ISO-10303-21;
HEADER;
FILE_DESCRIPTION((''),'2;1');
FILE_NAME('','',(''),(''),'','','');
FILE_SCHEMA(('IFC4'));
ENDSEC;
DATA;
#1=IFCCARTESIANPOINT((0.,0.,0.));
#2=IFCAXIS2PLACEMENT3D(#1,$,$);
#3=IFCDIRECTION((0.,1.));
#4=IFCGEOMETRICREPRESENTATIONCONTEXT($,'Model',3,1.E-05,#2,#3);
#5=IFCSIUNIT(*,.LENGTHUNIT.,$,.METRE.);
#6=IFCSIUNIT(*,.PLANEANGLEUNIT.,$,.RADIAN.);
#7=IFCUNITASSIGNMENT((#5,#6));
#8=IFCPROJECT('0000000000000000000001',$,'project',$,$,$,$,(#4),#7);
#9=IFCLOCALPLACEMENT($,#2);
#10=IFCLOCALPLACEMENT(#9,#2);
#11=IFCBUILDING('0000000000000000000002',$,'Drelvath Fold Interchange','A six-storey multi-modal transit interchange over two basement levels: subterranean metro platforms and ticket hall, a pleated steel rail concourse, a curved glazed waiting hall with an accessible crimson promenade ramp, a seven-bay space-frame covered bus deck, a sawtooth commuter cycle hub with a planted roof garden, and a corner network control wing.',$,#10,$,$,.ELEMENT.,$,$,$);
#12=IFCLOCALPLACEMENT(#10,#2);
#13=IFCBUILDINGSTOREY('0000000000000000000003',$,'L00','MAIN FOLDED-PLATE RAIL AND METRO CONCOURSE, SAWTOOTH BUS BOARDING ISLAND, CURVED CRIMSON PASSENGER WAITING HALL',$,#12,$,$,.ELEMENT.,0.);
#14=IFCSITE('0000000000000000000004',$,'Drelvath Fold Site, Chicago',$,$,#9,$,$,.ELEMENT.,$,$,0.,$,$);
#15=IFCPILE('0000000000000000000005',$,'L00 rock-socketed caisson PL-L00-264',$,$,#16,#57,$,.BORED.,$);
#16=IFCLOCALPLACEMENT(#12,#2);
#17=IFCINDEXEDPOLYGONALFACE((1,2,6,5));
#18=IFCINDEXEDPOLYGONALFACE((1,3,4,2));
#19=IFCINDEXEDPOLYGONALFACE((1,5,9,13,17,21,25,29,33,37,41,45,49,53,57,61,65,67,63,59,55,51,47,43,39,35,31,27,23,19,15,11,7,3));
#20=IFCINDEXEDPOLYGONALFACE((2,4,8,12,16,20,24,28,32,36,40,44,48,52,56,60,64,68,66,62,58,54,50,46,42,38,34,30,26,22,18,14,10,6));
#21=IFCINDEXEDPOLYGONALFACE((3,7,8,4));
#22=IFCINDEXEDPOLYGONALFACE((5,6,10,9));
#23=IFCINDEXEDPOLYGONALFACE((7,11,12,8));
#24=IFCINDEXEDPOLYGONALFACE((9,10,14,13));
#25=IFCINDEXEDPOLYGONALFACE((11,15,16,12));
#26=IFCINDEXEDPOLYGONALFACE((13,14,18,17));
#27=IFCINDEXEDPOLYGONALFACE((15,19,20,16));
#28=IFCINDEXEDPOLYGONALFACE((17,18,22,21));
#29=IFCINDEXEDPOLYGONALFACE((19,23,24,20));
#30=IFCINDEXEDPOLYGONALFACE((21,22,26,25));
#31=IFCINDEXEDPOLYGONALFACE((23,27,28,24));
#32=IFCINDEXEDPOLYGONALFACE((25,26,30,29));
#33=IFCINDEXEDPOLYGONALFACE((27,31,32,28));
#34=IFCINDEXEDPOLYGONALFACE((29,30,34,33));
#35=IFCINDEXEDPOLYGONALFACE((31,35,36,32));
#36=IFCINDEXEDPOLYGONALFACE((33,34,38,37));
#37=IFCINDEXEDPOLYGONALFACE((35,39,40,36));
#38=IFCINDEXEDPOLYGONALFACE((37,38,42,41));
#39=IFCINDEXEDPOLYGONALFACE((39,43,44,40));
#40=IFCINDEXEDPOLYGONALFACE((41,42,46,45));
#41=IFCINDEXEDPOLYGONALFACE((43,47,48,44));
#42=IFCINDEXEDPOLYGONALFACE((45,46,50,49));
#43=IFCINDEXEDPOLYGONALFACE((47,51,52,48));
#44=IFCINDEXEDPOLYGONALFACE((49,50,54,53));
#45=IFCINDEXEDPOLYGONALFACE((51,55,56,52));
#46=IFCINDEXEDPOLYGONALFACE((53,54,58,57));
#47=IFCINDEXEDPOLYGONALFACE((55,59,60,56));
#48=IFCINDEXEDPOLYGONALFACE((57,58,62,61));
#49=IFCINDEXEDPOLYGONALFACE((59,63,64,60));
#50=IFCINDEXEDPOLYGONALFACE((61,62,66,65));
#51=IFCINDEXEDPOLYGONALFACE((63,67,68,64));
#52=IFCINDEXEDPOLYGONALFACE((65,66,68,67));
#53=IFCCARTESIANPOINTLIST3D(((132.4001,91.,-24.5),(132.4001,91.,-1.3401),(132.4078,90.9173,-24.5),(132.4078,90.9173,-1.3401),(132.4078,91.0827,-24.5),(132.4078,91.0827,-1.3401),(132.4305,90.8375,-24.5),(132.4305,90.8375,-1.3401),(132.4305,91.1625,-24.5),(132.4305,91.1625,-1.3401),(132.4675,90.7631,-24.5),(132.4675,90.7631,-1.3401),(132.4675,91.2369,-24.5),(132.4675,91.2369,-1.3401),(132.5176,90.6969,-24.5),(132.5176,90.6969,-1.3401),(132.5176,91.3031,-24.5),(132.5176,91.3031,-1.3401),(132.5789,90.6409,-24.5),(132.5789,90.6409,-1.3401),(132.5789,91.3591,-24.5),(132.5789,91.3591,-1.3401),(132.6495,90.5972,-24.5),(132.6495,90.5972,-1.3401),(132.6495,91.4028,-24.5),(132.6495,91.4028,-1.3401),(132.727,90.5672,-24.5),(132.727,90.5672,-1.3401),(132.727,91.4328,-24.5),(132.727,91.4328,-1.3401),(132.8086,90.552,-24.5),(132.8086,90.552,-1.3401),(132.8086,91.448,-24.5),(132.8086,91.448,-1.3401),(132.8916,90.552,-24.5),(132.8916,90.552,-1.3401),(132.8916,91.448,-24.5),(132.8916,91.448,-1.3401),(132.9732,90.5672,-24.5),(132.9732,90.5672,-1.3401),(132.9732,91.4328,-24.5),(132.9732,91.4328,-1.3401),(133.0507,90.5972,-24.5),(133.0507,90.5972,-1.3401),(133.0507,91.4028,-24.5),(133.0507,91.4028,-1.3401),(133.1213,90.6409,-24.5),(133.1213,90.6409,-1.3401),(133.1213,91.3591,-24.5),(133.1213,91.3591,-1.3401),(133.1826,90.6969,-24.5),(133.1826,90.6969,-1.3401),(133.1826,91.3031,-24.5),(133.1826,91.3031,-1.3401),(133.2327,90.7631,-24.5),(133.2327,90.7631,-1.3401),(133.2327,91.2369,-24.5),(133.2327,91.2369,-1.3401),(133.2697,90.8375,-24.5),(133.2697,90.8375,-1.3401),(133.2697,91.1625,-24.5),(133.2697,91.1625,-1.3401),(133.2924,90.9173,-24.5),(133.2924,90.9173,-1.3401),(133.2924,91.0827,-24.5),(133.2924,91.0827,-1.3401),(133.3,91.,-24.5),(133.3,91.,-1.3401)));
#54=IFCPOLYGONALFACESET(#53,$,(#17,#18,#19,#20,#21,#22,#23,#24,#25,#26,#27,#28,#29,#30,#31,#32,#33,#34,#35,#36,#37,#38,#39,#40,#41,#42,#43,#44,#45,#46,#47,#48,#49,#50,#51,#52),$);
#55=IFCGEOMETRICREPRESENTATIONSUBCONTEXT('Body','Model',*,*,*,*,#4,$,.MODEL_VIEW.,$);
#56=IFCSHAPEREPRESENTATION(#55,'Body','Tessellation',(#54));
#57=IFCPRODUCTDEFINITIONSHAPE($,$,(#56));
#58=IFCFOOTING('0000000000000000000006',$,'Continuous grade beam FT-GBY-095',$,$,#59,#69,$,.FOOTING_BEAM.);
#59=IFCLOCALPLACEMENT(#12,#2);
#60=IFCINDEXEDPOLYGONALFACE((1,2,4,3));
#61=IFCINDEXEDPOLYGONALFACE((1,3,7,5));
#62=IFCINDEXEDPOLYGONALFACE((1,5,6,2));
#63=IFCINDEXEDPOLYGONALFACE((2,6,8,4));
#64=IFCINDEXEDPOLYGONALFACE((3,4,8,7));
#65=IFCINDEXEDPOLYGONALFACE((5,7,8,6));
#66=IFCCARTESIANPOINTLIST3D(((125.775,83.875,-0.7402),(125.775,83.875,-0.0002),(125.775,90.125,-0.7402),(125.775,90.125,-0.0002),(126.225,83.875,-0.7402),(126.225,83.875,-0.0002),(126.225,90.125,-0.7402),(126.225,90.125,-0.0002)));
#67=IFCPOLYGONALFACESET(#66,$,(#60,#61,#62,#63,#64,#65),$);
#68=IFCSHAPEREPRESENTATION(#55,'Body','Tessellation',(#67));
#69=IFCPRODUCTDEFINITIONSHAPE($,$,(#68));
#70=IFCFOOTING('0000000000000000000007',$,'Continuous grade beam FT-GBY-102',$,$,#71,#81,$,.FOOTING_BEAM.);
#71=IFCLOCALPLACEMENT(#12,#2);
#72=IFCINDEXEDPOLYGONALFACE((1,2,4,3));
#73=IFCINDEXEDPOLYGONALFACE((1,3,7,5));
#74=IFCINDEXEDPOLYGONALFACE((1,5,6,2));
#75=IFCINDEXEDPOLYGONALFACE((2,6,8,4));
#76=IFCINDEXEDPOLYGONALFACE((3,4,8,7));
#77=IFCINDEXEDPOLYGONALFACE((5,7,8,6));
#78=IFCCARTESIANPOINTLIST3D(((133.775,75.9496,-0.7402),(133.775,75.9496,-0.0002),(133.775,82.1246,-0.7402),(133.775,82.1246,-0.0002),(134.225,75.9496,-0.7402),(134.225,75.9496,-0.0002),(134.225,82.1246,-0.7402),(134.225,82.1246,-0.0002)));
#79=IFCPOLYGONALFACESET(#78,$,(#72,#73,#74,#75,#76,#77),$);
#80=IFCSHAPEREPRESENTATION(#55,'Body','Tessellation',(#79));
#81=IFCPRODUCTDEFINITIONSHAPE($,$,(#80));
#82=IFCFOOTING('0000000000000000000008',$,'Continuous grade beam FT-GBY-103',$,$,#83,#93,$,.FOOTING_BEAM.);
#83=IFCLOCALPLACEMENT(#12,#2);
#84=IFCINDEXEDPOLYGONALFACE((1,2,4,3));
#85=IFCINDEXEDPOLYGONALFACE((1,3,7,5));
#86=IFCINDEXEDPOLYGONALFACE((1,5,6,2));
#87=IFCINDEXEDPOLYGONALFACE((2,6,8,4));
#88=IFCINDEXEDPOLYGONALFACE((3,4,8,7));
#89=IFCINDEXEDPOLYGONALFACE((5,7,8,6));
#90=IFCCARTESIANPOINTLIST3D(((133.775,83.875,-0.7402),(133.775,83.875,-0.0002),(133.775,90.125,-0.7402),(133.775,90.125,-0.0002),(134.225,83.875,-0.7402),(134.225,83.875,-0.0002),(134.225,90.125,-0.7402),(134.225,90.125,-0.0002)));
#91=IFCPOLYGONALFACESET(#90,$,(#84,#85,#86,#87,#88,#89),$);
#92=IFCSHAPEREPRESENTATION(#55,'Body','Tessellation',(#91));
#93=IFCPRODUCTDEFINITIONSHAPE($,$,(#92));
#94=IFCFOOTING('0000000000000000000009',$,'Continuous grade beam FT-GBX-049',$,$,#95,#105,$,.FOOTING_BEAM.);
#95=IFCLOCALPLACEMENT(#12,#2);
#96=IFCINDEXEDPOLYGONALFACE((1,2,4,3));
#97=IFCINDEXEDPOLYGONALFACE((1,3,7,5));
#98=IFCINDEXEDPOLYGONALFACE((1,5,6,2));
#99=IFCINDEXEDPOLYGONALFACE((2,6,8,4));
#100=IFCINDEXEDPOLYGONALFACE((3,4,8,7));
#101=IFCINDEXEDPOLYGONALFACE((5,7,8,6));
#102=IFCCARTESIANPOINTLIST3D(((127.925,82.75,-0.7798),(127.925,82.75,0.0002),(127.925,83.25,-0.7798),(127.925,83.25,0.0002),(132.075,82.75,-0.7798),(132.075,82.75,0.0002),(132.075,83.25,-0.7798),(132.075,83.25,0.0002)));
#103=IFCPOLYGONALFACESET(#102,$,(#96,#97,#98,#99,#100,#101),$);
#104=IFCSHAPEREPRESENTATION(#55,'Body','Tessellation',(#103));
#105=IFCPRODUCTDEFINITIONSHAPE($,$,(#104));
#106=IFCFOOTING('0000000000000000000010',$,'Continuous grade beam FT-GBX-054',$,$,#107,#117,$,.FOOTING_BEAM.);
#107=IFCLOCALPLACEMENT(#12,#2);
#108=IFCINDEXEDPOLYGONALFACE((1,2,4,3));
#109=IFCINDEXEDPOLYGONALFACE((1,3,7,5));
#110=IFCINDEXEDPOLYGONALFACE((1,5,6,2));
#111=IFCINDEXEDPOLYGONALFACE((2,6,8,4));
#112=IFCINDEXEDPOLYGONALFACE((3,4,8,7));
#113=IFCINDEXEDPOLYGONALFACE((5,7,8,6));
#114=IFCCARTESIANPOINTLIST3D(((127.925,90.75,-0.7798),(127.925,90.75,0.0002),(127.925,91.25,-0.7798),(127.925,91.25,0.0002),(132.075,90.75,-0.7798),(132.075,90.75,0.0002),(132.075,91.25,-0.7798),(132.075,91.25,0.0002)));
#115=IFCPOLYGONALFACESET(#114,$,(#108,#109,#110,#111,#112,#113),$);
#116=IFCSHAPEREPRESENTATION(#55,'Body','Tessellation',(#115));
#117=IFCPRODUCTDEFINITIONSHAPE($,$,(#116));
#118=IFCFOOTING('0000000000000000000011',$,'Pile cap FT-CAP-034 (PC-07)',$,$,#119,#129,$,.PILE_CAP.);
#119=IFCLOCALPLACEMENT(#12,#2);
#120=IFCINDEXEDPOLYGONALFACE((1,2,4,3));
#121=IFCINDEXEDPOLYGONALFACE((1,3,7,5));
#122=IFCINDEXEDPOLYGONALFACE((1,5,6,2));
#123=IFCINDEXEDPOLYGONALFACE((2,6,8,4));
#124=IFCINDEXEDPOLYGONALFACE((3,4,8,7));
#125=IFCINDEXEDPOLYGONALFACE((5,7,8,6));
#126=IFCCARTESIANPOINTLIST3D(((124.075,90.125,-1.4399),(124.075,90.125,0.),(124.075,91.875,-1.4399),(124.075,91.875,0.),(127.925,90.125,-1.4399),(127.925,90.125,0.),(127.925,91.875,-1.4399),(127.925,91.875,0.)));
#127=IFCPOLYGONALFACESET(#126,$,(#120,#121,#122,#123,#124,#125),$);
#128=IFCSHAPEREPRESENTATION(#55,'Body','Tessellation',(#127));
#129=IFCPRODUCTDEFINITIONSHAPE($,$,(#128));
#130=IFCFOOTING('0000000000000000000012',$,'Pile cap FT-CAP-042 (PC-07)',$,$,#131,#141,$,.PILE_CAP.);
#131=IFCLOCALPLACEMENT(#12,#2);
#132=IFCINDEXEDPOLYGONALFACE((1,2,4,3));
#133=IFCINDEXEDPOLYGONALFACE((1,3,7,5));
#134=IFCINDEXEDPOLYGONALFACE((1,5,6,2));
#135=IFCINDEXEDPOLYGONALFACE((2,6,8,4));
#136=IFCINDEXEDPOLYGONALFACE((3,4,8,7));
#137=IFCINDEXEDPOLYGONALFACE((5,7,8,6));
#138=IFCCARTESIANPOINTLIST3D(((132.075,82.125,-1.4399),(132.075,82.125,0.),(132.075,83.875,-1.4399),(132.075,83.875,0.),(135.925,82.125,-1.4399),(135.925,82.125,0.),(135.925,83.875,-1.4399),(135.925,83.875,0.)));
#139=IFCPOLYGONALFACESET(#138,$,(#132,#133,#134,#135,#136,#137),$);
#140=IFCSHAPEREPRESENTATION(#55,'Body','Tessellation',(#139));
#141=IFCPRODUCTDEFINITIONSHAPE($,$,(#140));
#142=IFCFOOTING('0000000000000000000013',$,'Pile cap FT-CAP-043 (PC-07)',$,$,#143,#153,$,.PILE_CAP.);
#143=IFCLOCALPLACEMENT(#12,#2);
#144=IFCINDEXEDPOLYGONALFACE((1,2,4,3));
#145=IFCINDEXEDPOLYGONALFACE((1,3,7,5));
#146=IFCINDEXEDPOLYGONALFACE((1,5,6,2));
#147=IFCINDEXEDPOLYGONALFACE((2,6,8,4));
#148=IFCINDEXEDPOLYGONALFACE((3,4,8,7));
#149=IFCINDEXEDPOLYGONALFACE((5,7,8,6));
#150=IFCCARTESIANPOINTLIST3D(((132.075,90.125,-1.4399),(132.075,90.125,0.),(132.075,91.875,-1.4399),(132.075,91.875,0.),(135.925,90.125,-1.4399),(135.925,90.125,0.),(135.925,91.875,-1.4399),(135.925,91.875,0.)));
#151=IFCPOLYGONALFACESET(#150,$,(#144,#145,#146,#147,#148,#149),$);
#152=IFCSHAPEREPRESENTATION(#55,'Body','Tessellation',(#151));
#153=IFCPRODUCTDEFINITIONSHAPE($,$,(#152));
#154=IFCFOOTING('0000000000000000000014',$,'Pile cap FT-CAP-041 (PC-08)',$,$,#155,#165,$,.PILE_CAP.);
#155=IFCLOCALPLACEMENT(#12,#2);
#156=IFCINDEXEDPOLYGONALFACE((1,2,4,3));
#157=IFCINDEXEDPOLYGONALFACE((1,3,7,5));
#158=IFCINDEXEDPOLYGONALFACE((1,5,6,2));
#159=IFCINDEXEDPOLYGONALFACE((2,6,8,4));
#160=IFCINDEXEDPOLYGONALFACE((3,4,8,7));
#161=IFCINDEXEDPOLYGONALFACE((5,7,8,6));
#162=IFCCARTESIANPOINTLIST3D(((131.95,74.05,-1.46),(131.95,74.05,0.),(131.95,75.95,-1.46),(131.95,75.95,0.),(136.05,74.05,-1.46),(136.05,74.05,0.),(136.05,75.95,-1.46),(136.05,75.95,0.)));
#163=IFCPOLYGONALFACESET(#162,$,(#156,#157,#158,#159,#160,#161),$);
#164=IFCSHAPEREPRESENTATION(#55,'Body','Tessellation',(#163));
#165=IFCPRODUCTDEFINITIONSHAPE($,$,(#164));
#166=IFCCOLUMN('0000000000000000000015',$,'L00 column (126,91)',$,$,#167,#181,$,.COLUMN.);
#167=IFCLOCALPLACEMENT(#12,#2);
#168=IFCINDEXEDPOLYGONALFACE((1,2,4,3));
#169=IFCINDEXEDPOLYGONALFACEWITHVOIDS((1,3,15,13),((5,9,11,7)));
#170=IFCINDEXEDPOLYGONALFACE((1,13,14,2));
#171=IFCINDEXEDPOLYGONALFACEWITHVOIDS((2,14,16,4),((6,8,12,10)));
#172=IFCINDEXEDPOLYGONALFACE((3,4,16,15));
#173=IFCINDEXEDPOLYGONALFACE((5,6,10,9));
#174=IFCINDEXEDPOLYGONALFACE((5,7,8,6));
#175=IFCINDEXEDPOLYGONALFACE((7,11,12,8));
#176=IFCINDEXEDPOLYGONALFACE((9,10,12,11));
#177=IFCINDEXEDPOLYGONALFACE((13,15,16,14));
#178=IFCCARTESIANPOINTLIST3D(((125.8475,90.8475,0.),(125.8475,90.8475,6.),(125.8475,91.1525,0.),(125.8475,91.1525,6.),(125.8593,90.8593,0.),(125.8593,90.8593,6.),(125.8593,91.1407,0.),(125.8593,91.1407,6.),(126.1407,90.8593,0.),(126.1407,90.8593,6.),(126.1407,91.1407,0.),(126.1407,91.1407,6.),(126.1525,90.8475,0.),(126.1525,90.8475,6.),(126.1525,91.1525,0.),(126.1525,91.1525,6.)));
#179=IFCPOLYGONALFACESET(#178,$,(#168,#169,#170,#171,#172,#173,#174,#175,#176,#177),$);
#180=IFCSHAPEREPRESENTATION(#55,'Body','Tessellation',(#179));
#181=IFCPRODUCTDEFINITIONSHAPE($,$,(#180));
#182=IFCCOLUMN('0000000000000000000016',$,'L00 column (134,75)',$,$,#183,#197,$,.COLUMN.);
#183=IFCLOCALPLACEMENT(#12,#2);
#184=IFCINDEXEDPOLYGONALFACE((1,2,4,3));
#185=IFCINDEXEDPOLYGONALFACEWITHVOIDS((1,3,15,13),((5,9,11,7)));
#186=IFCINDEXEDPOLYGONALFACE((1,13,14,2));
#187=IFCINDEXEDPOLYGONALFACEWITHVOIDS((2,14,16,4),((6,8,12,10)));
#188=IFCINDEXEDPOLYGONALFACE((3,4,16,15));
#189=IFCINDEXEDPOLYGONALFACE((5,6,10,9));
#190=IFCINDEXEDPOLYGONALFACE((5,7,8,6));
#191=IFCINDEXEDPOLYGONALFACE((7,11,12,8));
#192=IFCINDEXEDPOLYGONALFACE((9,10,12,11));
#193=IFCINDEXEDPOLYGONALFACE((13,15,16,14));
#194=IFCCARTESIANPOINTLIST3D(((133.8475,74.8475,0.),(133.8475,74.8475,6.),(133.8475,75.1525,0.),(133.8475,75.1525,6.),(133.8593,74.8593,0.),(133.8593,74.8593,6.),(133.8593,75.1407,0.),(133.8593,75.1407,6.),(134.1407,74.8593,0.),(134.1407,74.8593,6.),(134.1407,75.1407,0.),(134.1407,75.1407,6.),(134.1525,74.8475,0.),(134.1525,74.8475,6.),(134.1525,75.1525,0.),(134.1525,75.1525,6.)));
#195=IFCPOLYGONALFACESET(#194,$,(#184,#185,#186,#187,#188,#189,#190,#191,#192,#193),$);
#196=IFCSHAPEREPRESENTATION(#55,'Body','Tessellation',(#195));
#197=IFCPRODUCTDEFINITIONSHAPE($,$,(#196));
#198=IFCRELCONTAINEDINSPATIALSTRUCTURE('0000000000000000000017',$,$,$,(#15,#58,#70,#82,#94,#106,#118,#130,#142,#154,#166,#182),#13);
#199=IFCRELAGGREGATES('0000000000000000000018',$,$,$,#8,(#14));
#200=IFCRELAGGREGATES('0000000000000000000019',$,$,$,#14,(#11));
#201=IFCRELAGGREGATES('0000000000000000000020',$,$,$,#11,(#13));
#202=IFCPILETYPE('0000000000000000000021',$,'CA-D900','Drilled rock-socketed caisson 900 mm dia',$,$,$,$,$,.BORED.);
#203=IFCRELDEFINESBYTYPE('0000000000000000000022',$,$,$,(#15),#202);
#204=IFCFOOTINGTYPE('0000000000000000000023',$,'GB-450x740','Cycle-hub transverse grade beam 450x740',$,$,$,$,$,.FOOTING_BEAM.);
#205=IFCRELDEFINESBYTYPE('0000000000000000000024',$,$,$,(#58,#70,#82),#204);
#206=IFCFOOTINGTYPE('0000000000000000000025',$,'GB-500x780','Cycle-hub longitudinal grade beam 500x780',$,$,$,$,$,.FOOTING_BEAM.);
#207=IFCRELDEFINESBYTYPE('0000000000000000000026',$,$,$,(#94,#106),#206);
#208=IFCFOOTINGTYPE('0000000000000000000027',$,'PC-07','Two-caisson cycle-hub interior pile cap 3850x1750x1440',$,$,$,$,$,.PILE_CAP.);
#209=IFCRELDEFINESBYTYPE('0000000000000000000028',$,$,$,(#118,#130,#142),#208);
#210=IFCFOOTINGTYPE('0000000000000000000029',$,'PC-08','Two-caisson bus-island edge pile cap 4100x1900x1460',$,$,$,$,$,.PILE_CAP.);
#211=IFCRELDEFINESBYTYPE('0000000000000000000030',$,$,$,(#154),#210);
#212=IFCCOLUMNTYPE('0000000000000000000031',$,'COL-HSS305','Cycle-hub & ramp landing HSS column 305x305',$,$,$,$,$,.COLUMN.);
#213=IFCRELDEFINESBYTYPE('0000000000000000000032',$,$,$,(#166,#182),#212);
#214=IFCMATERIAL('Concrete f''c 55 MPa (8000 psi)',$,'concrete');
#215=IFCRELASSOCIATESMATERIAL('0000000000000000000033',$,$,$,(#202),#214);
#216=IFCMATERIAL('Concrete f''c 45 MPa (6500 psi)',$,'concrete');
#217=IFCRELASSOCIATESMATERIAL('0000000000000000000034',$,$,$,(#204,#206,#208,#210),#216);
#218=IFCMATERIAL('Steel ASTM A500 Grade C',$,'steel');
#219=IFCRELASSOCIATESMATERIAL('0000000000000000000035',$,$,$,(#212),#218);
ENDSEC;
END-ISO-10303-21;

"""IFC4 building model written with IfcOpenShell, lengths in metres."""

from ifc_helpers import new_model, si_unit, direction, frame, origin, origin_2d, place, context, subcontext, project, spatial, rectangle, hollow_rectangle, circle, extrude, material, material_profile, profile_set, type_object, element, save


model = new_model("IFC4")

# Units and contexts
model_context = context("Model", 3, precision=1e-05, world=origin(), true_north=direction((0.0, 1.0)))
body_context = subcontext(model_context, "Body", "Model", "MODEL_VIEW")
ifc_project = project(units=[si_unit("LENGTHUNIT", "METRE"), si_unit("PLANEANGLEUNIT", "RADIAN")], contexts=[model_context])

# Site, building, storey
site_placement = place(None, origin())
site = spatial("IfcSite", under=ifc_project, at=site_placement, Name="Drelvath Fold Site, Chicago", CompositionType="ELEMENT", RefElevation=0.0)
building_placement = place(site_placement, origin())
building = spatial("IfcBuilding", under=site, at=building_placement, Name="Drelvath Fold Interchange", Description="A six-storey multi-modal transit interchange over two basement levels: subterranean metro platforms and ticket hall, a pleated steel rail concourse, a curved glazed waiting hall with an accessible crimson promenade ramp, a seven-bay space-frame covered bus deck, a sawtooth commuter cycle hub with a planted roof garden, and a corner network control wing.", CompositionType="ELEMENT")
storey_placement = place(building_placement, origin())
storey = spatial("IfcBuildingStorey", under=building, at=storey_placement, Name="L00", Description="MAIN FOLDED-PLATE RAIL AND METRO CONCOURSE, SAWTOOTH BUS BOARDING ISLAND, CURVED CRIMSON PASSENGER WAITING HALL", CompositionType="ELEMENT", Elevation=0.0)

# Pile
ifc_material_1 = material(Name="Concrete f'c 55 MPa (8000 psi)", Category="concrete")
ifc_material_profile_1 = material_profile(ifc_material_1, circle(Radius=0.45, at=origin_2d()), Name="CAISSON D900")
ifc_profile_set_1 = profile_set([ifc_material_profile_1], Name="Concrete f'c 55 MPa (8000 psi)")
pile_type = type_object("IfcPileType", Name="CA-D900", Description="Drilled rock-socketed caisson 900 mm dia", PredefinedType="BORED", material=ifc_profile_set_1)
for number, where, z_axis, x_axis, name in (
    (1, (132.8501, 91.0, -1.3401), (0.0, 0.0, -1.0), (1.0, 0.0, 0.0), "L00 rock-socketed caisson PL-L00-264"),
):
    element("IfcPile", number, at=place(storey_placement, frame(where, z_axis=z_axis, x_axis=x_axis)), inside=storey, type_object=pile_type, Name=name, PredefinedType="BORED", context=body_context, shape_type="SweptSolid", body=[
        extrude(circle(Radius=0.45, at=origin_2d()), origin(), (0.0, 0.0, 1.0), 23.1599),
    ])

# Footings
ifc_material_2 = material(Name="Concrete f'c 45 MPa (6500 psi)", Category="concrete")
footing_type_1 = type_object("IfcFootingType", Name="GB-450x740", Description="Cycle-hub transverse grade beam 450x740", PredefinedType="FOOTING_BEAM", material=ifc_material_2)
footing_1_placement = place(storey_placement, frame((126.0, 87.0, -0.7402), z_axis=(0.0, 0.0, 1.0), x_axis=(1.0, 0.0, 0.0)))
element("IfcFooting", 2, at=footing_1_placement, inside=storey, type_object=footing_type_1, Name="Continuous grade beam FT-GBY-095", PredefinedType="FOOTING_BEAM", context=body_context, shape_type="SweptSolid", body=[
    extrude(rectangle(XDim=0.45, YDim=6.25, at=origin_2d()), origin(), (0.0, 0.0, 1.0), 0.74),
])
footing_2_placement = place(storey_placement, frame((134.0, 79.0371, -0.7402), z_axis=(0.0, 0.0, 1.0), x_axis=(1.0, 0.0, 0.0)))
element("IfcFooting", 3, at=footing_2_placement, inside=storey, type_object=footing_type_1, Name="Continuous grade beam FT-GBY-102", PredefinedType="FOOTING_BEAM", context=body_context, shape_type="SweptSolid", body=[
    extrude(rectangle(XDim=0.45, YDim=6.175, at=origin_2d()), origin(), (0.0, 0.0, 1.0), 0.74),
])
footing_3_placement = place(storey_placement, frame((134.0, 87.0, -0.7402), z_axis=(0.0, 0.0, 1.0), x_axis=(1.0, 0.0, 0.0)))
element("IfcFooting", 4, at=footing_3_placement, inside=storey, type_object=footing_type_1, Name="Continuous grade beam FT-GBY-103", PredefinedType="FOOTING_BEAM", context=body_context, shape_type="SweptSolid", body=[
    extrude(rectangle(XDim=0.45, YDim=6.25, at=origin_2d()), origin(), (0.0, 0.0, 1.0), 0.74),
])
footing_type_2 = type_object("IfcFootingType", Name="GB-500x780", Description="Cycle-hub longitudinal grade beam 500x780", PredefinedType="FOOTING_BEAM", material=ifc_material_2)
for number, where, z_axis, x_axis, name in (
    (5, (130.0, 83.0, -0.7798), (0.0, 0.0, 1.0), (1.0, 0.0, 0.0), "Continuous grade beam FT-GBX-049"),
    (6, (130.0, 91.0, -0.7798), (0.0, 0.0, 1.0), (1.0, 0.0, 0.0), "Continuous grade beam FT-GBX-054"),
):
    element("IfcFooting", number, at=place(storey_placement, frame(where, z_axis=z_axis, x_axis=x_axis)), inside=storey, type_object=footing_type_2, Name=name, PredefinedType="FOOTING_BEAM", context=body_context, shape_type="SweptSolid", body=[
        extrude(rectangle(XDim=4.1499, YDim=0.5, at=origin_2d()), origin(), (0.0, 0.0, 1.0), 0.78),
    ])
footing_type_3 = type_object("IfcFootingType", Name="PC-07", Description="Two-caisson cycle-hub interior pile cap 3850x1750x1440", PredefinedType="PILE_CAP", material=ifc_material_2)
for number, where, z_axis, x_axis, name in (
    (7, (126.0, 91.0, -1.4399), (0.0, 0.0, 1.0), (1.0, 0.0, 0.0), "Pile cap FT-CAP-034 (PC-07)"),
    (8, (134.0, 83.0, -1.4399), (0.0, 0.0, 1.0), (1.0, 0.0, 0.0), "Pile cap FT-CAP-042 (PC-07)"),
    (9, (134.0, 91.0, -1.4399), (0.0, 0.0, 1.0), (1.0, 0.0, 0.0), "Pile cap FT-CAP-043 (PC-07)"),
):
    element("IfcFooting", number, at=place(storey_placement, frame(where, z_axis=z_axis, x_axis=x_axis)), inside=storey, type_object=footing_type_3, Name=name, PredefinedType="PILE_CAP", context=body_context, shape_type="SweptSolid", body=[
        extrude(rectangle(XDim=3.8501, YDim=1.75, at=origin_2d()), origin(), (0.0, 0.0, 1.0), 1.4399),
    ])
footing_type_4 = type_object("IfcFootingType", Name="PC-08", Description="Two-caisson bus-island edge pile cap 4100x1900x1460", PredefinedType="PILE_CAP", material=ifc_material_2)
footing_4_placement = place(storey_placement, frame((134.0, 75.0, -1.46), z_axis=(0.0, 0.0, 1.0), x_axis=(1.0, 0.0, 0.0)))
element("IfcFooting", 10, at=footing_4_placement, inside=storey, type_object=footing_type_4, Name="Pile cap FT-CAP-041 (PC-08)", PredefinedType="PILE_CAP", context=body_context, shape_type="SweptSolid", body=[
    extrude(rectangle(XDim=4.1001, YDim=1.8999, at=origin_2d()), origin(), (0.0, 0.0, 1.0), 1.46),
])

# Columns
ifc_material_3 = material(Name="Steel ASTM A500 Grade C", Category="steel")
ifc_material_profile_2 = material_profile(ifc_material_3, hollow_rectangle(XDim=0.3049, YDim=0.3049, WallThickness=0.0117, at=origin_2d()), Name="HSS12X12X1/2")
ifc_profile_set_2 = profile_set([ifc_material_profile_2], Name="Steel ASTM A500 Grade C")
column_type = type_object("IfcColumnType", Name="COL-HSS305", Description="Cycle-hub & ramp landing HSS column 305x305", PredefinedType="COLUMN", material=ifc_profile_set_2)
for number, where, z_axis, x_axis, name in (
    (11, (126.0, 91.0, 0.0), (0.0, 0.0, 1.0), (1.0, 0.0, 0.0), "L00 column (126,91)"),
    (12, (134.0, 75.0, 0.0), (0.0, 0.0, 1.0), (1.0, 0.0, 0.0), "L00 column (134,75)"),
):
    element("IfcColumn", number, at=place(storey_placement, frame(where, z_axis=z_axis, x_axis=x_axis)), inside=storey, type_object=column_type, Name=name, PredefinedType="COLUMN", context=body_context, shape_type="SweptSolid", body=[
        extrude(hollow_rectangle(XDim=0.3049, YDim=0.3049, WallThickness=0.0117, at=origin_2d()), origin(), (0.0, 0.0, 1.0), 6.0),
    ])

save(model, "model.ifc")
